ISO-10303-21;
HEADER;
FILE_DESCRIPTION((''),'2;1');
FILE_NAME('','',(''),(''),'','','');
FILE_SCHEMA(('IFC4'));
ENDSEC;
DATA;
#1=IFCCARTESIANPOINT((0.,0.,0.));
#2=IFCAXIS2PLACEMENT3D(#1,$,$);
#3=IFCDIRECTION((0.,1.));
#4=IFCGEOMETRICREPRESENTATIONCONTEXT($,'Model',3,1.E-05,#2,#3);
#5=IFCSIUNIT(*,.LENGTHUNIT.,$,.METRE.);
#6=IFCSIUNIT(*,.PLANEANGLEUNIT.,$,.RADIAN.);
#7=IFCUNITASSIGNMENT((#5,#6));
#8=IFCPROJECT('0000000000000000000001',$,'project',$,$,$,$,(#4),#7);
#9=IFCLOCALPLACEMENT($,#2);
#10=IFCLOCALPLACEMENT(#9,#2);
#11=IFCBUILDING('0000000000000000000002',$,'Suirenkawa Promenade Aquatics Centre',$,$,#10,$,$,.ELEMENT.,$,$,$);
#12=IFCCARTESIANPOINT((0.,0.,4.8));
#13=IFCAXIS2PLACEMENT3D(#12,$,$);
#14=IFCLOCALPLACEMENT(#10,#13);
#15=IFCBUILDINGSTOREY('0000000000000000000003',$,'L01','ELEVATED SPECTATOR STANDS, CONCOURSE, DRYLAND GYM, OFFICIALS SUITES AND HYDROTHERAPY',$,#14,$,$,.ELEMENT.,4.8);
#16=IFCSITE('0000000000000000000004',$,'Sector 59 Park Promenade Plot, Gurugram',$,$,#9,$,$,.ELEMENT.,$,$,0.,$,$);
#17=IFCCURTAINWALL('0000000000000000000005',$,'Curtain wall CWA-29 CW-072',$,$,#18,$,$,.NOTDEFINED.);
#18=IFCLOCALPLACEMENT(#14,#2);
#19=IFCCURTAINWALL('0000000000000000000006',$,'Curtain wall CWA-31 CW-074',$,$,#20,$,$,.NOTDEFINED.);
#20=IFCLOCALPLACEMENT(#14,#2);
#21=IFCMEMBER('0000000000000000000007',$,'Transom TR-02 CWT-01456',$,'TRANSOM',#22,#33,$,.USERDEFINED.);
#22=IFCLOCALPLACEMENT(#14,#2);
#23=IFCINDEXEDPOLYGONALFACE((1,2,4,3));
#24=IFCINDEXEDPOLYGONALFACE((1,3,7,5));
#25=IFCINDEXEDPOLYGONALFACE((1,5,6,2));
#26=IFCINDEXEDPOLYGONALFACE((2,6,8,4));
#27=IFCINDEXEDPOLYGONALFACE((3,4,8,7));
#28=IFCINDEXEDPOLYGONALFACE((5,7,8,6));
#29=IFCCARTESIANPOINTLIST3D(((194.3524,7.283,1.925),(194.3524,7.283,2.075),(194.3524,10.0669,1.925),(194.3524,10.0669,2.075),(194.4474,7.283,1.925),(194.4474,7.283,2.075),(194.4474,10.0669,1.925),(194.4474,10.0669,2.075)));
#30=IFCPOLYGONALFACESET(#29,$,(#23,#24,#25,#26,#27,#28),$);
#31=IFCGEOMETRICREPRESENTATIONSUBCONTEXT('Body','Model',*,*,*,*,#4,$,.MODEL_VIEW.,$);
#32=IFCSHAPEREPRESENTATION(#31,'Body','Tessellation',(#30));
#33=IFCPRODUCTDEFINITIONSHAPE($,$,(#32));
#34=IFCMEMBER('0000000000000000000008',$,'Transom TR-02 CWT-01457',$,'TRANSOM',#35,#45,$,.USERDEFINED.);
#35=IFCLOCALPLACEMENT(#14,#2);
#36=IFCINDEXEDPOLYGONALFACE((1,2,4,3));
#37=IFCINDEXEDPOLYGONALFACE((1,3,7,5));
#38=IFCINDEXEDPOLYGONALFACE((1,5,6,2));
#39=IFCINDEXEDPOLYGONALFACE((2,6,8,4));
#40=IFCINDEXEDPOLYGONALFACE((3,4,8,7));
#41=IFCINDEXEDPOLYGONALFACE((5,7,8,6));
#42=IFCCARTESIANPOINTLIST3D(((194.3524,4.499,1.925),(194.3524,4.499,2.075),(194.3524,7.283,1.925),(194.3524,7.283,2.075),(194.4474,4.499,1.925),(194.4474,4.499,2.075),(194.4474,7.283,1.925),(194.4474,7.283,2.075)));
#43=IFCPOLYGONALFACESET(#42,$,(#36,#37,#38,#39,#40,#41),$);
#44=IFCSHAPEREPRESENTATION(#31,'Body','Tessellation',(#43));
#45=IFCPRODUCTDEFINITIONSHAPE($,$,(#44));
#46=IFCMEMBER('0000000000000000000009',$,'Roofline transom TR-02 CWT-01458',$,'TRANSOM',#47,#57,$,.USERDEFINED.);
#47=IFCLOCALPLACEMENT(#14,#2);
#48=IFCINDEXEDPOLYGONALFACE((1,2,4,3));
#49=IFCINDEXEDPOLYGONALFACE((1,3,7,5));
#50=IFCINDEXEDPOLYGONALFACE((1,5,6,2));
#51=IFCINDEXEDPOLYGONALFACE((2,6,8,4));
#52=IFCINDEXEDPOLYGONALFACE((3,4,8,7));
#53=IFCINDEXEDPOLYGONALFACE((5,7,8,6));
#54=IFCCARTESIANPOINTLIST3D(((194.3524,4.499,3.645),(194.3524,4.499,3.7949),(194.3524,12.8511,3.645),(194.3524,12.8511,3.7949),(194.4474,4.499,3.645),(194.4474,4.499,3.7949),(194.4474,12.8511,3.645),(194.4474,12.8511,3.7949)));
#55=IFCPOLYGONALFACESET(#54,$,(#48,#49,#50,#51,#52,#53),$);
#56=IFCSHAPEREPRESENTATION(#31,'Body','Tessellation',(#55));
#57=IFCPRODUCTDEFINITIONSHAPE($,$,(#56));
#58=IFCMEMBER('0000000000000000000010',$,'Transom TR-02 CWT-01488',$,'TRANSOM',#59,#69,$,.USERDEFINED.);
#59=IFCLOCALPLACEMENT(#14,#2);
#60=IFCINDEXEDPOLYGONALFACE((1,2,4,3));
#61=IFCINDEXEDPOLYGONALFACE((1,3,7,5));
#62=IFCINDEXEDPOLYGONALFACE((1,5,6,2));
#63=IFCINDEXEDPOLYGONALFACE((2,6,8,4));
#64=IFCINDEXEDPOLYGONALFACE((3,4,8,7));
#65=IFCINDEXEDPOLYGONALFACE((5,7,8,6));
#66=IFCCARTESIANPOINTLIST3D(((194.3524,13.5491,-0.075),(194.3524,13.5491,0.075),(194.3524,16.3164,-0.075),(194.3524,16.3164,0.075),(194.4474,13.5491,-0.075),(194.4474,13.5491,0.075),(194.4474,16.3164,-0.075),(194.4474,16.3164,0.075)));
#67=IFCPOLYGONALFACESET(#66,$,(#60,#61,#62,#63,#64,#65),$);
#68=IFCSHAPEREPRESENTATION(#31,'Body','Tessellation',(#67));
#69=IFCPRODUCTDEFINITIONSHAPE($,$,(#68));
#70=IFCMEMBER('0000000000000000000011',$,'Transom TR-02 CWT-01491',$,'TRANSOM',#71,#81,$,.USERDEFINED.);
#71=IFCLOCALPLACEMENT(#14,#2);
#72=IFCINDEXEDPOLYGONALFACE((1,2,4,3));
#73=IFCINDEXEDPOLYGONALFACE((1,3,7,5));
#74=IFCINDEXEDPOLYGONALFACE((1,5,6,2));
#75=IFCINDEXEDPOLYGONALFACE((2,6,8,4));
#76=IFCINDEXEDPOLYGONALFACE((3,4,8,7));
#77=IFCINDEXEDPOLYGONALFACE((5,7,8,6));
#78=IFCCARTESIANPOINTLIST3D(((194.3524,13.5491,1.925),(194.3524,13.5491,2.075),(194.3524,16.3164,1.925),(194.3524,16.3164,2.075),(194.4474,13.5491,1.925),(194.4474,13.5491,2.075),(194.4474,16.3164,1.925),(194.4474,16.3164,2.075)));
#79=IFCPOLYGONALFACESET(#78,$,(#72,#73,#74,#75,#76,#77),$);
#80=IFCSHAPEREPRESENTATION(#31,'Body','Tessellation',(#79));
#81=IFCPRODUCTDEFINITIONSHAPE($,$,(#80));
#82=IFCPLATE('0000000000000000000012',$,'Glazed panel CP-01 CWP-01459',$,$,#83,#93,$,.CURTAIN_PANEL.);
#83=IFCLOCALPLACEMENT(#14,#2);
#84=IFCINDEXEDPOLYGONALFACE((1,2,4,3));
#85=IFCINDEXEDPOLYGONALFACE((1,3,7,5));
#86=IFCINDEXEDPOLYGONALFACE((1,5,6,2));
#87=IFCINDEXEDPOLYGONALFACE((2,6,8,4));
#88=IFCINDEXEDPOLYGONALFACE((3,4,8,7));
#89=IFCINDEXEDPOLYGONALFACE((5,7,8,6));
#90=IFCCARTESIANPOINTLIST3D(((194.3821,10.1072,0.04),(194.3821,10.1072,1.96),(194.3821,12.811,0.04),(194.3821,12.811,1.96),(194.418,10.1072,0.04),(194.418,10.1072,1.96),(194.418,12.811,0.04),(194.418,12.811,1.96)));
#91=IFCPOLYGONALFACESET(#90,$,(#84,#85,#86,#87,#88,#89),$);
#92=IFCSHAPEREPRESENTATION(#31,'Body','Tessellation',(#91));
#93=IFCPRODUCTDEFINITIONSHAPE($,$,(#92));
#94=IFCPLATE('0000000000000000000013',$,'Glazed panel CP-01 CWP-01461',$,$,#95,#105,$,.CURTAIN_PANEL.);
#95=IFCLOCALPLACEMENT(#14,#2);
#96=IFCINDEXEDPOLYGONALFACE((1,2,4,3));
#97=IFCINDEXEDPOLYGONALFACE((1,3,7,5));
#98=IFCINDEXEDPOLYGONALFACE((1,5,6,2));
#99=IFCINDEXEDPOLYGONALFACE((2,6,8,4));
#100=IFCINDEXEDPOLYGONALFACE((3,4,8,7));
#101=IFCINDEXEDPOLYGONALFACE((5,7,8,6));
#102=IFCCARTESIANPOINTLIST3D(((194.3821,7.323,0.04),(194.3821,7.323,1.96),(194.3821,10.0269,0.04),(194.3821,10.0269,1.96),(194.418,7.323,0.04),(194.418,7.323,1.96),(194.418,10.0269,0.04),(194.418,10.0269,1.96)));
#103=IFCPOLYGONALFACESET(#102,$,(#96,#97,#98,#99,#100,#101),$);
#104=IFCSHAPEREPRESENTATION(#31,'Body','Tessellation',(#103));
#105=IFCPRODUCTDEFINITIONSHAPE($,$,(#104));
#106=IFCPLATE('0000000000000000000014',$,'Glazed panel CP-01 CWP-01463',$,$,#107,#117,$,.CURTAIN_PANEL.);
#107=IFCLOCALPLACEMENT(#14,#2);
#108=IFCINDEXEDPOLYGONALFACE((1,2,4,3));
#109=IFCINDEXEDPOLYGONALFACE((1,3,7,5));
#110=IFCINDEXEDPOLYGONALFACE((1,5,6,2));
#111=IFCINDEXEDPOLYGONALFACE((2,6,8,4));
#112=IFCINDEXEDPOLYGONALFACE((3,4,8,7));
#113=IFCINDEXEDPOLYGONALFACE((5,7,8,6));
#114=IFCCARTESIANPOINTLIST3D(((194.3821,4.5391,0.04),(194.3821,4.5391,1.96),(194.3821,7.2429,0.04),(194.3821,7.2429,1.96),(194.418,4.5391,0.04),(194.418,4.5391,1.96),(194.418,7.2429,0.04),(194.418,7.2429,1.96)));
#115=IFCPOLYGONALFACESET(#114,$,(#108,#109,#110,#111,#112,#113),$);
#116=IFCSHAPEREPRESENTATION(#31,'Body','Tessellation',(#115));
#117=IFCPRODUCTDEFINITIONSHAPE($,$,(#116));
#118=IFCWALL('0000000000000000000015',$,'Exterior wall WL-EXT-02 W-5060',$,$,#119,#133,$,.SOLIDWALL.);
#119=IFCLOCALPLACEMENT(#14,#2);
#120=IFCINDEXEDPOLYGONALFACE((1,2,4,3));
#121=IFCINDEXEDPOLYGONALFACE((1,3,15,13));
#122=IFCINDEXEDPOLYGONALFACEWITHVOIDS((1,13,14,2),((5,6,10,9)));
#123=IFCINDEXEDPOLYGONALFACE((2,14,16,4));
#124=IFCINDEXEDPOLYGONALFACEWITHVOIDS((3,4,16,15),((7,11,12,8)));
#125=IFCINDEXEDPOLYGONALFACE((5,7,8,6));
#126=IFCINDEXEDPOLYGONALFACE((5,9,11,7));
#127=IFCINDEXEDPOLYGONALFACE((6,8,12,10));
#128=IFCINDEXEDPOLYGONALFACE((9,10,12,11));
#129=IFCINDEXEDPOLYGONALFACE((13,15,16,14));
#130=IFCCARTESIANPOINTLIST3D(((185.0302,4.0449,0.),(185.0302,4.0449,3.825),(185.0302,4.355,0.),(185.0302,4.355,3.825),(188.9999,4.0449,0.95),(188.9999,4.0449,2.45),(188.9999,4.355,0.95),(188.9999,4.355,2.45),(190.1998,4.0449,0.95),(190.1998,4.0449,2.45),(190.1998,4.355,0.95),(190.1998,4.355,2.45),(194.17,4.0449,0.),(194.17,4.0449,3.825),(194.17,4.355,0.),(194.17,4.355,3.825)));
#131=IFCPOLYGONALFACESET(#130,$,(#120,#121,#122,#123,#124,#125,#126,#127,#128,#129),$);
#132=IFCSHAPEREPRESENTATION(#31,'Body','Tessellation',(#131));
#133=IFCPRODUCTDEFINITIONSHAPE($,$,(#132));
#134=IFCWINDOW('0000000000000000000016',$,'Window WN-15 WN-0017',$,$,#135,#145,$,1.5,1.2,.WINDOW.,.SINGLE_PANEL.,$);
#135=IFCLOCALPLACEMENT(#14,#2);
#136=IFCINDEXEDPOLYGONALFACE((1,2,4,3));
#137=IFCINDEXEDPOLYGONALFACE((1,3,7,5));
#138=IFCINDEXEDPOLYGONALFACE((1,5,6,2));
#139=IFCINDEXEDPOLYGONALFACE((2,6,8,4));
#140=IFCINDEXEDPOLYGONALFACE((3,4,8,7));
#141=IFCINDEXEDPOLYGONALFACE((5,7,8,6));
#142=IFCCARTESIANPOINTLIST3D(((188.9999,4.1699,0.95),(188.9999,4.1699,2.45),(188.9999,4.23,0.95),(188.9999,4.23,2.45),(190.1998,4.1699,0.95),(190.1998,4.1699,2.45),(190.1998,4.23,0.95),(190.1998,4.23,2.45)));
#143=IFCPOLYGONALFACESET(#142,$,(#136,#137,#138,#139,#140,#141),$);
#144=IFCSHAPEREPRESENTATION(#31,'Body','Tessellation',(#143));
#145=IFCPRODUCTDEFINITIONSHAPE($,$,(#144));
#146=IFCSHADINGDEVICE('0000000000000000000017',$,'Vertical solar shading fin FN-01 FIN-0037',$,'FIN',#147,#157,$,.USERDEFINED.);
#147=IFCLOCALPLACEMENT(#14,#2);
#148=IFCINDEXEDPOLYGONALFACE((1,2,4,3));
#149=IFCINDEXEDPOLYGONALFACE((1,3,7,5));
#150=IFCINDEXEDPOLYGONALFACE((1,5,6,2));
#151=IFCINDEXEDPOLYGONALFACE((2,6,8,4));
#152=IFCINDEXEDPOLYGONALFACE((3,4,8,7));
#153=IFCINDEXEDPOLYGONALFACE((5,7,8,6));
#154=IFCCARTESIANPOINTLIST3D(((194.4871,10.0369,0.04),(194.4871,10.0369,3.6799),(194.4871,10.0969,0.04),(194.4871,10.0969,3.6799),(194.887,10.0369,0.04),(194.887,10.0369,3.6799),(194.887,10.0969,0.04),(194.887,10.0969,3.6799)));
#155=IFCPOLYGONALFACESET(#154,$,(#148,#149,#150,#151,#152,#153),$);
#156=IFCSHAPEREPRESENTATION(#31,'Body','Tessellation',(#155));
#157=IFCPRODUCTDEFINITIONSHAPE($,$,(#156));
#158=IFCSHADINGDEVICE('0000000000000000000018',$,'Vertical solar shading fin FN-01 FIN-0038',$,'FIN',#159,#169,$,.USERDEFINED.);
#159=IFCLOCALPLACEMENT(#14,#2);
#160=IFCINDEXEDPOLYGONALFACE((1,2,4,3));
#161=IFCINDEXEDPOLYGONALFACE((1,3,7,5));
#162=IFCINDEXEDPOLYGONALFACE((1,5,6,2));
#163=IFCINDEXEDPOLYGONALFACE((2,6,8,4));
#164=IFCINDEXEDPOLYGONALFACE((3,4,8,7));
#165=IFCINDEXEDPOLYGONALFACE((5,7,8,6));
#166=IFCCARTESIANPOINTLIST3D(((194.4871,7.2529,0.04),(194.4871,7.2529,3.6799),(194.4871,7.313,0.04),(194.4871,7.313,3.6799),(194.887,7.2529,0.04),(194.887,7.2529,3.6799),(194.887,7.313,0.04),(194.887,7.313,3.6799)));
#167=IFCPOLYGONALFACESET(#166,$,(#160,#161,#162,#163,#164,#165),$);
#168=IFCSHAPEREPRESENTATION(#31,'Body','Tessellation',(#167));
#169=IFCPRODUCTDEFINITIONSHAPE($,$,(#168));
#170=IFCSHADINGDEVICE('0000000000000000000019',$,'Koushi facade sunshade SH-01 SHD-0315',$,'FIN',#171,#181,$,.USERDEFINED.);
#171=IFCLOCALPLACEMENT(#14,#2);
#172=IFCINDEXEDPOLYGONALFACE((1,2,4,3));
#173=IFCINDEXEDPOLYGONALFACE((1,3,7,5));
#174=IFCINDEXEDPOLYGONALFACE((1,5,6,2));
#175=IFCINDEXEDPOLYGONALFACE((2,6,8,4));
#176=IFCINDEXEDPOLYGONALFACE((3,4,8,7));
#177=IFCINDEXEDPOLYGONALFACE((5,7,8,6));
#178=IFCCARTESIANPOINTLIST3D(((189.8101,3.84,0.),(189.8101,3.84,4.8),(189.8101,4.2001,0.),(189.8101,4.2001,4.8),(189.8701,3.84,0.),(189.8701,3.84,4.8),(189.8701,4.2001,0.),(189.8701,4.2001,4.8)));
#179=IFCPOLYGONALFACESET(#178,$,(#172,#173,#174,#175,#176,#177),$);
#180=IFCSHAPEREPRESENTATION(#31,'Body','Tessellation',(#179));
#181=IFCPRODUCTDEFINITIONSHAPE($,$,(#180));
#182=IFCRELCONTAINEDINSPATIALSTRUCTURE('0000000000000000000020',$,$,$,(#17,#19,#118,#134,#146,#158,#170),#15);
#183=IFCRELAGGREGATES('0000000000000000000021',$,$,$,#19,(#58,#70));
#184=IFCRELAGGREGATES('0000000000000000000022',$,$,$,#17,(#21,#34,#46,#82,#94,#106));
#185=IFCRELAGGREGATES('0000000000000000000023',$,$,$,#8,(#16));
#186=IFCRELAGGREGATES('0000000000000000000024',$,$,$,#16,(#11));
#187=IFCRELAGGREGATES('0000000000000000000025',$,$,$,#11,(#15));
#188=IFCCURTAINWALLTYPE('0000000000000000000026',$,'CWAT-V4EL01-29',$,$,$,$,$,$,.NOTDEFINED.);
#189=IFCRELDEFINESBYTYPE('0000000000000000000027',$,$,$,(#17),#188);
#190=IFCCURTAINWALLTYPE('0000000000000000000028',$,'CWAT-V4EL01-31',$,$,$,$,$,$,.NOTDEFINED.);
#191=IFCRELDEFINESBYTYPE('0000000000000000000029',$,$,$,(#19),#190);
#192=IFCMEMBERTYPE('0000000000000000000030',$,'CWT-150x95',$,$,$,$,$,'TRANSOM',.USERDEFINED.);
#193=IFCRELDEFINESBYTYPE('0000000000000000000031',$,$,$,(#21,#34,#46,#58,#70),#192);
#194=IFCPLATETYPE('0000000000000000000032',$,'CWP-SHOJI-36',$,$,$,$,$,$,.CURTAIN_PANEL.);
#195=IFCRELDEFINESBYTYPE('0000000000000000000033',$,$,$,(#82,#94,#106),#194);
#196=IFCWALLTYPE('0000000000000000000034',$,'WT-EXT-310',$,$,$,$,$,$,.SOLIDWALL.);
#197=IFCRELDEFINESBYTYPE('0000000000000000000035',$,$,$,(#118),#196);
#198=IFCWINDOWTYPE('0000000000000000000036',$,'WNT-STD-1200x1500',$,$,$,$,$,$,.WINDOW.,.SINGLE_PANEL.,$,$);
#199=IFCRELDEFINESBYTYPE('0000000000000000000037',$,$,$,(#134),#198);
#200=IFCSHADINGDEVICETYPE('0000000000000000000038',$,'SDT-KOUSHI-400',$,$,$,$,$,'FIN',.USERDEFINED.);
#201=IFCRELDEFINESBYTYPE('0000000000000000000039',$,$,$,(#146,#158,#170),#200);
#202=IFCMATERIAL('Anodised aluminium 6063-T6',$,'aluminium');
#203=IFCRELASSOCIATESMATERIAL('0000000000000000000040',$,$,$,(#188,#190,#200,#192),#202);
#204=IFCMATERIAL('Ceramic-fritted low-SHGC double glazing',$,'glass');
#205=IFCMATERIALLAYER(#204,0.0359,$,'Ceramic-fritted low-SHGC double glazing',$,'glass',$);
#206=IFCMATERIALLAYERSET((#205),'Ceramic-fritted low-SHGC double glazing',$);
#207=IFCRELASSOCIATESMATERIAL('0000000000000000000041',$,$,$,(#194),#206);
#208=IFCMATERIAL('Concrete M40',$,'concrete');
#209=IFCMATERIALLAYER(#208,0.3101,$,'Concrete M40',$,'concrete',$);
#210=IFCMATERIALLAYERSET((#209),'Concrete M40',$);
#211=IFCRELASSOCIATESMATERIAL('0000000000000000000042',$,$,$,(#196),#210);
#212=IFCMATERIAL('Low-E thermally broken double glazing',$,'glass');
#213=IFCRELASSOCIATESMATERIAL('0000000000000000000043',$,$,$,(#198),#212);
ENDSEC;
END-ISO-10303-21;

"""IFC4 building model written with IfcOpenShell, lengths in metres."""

from ifc_helpers import new_model, si_unit, direction, frame, frame_2d, origin, origin_2d, place, context, subcontext, project, spatial, polyline, rectangle, outline, extrude, material, layer, layer_set, material_profile, profile_set, type_object, element, fill, aggregate, save


model = new_model("IFC4")

# Units and contexts
model_context = context("Model", 3, precision=1e-05, world=origin(), true_north=direction((0.0, 1.0)))
body_context = subcontext(model_context, "Body", "Model", "MODEL_VIEW")
ifc_project = project(units=[si_unit("LENGTHUNIT", "METRE"), si_unit("PLANEANGLEUNIT", "RADIAN")], contexts=[model_context])

# Site, building, storey
site_placement = place(None, origin())
site = spatial("IfcSite", under=ifc_project, at=site_placement, Name="Sector 59 Park Promenade Plot, Gurugram", CompositionType="ELEMENT", RefElevation=0.0)
building_placement = place(site_placement, origin())
building = spatial("IfcBuilding", under=site, at=building_placement, Name="Suirenkawa Promenade Aquatics Centre", CompositionType="ELEMENT")
storey_placement = place(building_placement, frame((0.0, 0.0, 4.8)))
storey = spatial("IfcBuildingStorey", under=building, at=storey_placement, Name="L01", Description="ELEVATED SPECTATOR STANDS, CONCOURSE, DRYLAND GYM, OFFICIALS SUITES AND HYDROTHERAPY", CompositionType="ELEMENT", Elevation=4.8)

# Shared definitions
ifc_material_1 = material(Name="Concrete M40", Category="concrete")

# Curtain walls
ifc_material_2 = material(Name="Anodised aluminium 6063-T6", Category="aluminium")
curtain_wall_type_1 = type_object("IfcCurtainWallType", Name="CWAT-V4EL01-29", PredefinedType="NOTDEFINED", material=ifc_material_2)
curtain_wall_1_placement = place(storey_placement, origin())
curtain_wall_1 = element("IfcCurtainWall", 1, at=curtain_wall_1_placement, inside=storey, type_object=curtain_wall_type_1, Name="Curtain wall CWA-29 CW-072", PredefinedType="NOTDEFINED")
curtain_wall_type_2 = type_object("IfcCurtainWallType", Name="CWAT-V4EL01-31", PredefinedType="NOTDEFINED", material=ifc_material_2)
curtain_wall_2_placement = place(storey_placement, origin())
curtain_wall_2 = element("IfcCurtainWall", 2, at=curtain_wall_2_placement, inside=storey, type_object=curtain_wall_type_2, Name="Curtain wall CWA-31 CW-074", PredefinedType="NOTDEFINED")

# Members
ifc_material_profile_1 = material_profile(ifc_material_2, rectangle(XDim=0.095, YDim=0.1499, at=origin_2d()), Name="ALU TRAN 95x150", Category="aluminium")
ifc_profile_set_1 = profile_set([ifc_material_profile_1], Name="Anodised aluminium 6063-T6")
member_type_1 = type_object("IfcMemberType", Name="CWT-150x95", ElementType="TRANSOM", PredefinedType="USERDEFINED", material=ifc_profile_set_1)
member_1_placement = place(storey_placement, frame((194.3999, 10.0669, 2.0), z_axis=(0.0, -1.0, 0.0), x_axis=(1.0, 0.0, 0.0)))
member_1 = element("IfcMember", 3, at=member_1_placement, type_object=member_type_1, Name="Transom TR-02 CWT-01456", ObjectType="TRANSOM", PredefinedType="USERDEFINED", context=body_context, shape_type="SweptSolid", body=[
    extrude(rectangle(XDim=0.095, YDim=0.1499, at=origin_2d()), origin(), (0.0, 0.0, 1.0), 2.7839),
])
member_2_placement = place(storey_placement, frame((194.3999, 7.283, 2.0), z_axis=(0.0, -1.0, 0.0), x_axis=(1.0, 0.0, 0.0)))
member_2 = element("IfcMember", 4, at=member_2_placement, type_object=member_type_1, Name="Transom TR-02 CWT-01457", ObjectType="TRANSOM", PredefinedType="USERDEFINED", context=body_context, shape_type="SweptSolid", body=[
    extrude(rectangle(XDim=0.095, YDim=0.1499, at=origin_2d()), origin(), (0.0, 0.0, 1.0), 2.7839),
])
member_3_placement = place(storey_placement, frame((194.3999, 12.8511, 3.72), z_axis=(0.0, -1.0, 0.0), x_axis=(1.0, 0.0, 0.0)))
member_3 = element("IfcMember", 5, at=member_3_placement, type_object=member_type_1, Name="Roofline transom TR-02 CWT-01458", ObjectType="TRANSOM", PredefinedType="USERDEFINED", context=body_context, shape_type="SweptSolid", body=[
    extrude(rectangle(XDim=0.095, YDim=0.1499, at=origin_2d()), origin(), (0.0, 0.0, 1.0), 8.3521),
])
member_4_placement = place(storey_placement, frame((194.3999, 16.3164, 0.0), z_axis=(0.0, -1.0, 0.0), x_axis=(1.0, 0.0, 0.0)))
member_4 = element("IfcMember", 6, at=member_4_placement, type_object=member_type_1, Name="Transom TR-02 CWT-01488", ObjectType="TRANSOM", PredefinedType="USERDEFINED", context=body_context, shape_type="SweptSolid", body=[
    extrude(rectangle(XDim=0.095, YDim=0.1499, at=origin_2d()), origin(), (0.0, 0.0, 1.0), 2.7673),
])
member_5_placement = place(storey_placement, frame((194.3999, 16.3164, 2.0), z_axis=(0.0, -1.0, 0.0), x_axis=(1.0, 0.0, 0.0)))
member_5 = element("IfcMember", 7, at=member_5_placement, type_object=member_type_1, Name="Transom TR-02 CWT-01491", ObjectType="TRANSOM", PredefinedType="USERDEFINED", context=body_context, shape_type="SweptSolid", body=[
    extrude(rectangle(XDim=0.095, YDim=0.1499, at=origin_2d()), origin(), (0.0, 0.0, 1.0), 2.7673),
])
aggregate(curtain_wall_2, [member_4, member_5])

# Plates
ifc_material_3 = material(Name="Ceramic-fritted low-SHGC double glazing", Category="glass")
ifc_layer_1 = layer(ifc_material_3, 0.0359, Name="Ceramic-fritted low-SHGC double glazing", Category="glass")
ifc_layer_set_1 = layer_set([ifc_layer_1], Name="Ceramic-fritted low-SHGC double glazing")
plate_type = type_object("IfcPlateType", Name="CWP-SHOJI-36", PredefinedType="CURTAIN_PANEL", material=ifc_layer_set_1)
plate_1_placement = place(storey_placement, frame((194.3999, 12.8511, 0.04), z_axis=(0.0, 0.0, 1.0), x_axis=(0.0, -1.0, 0.0)))
plate_1 = element("IfcPlate", 8, at=plate_1_placement, type_object=plate_type, Name="Glazed panel CP-01 CWP-01459", PredefinedType="CURTAIN_PANEL", context=body_context, shape_type="SweptSolid", body=[
    extrude(outline(polyline([(0.04, 0.0), (2.7439, 0.0), (2.7439, 1.9199), (0.04, 1.9199), (0.04, 0.0)])), frame((0.0, 0.0181, 0.0), z_axis=(0.0, -1.0, 0.0), x_axis=(1.0, 0.0, 0.0)), (0.0, 0.0, 1.0), 0.0359),
])
plate_2_placement = place(storey_placement, frame((194.3999, 10.0669, 0.04), z_axis=(0.0, 0.0, 1.0), x_axis=(0.0, -1.0, 0.0)))
plate_2 = element("IfcPlate", 9, at=plate_2_placement, type_object=plate_type, Name="Glazed panel CP-01 CWP-01461", PredefinedType="CURTAIN_PANEL", context=body_context, shape_type="SweptSolid", body=[
    extrude(outline(polyline([(0.04, 0.0), (2.7439, 0.0), (2.7439, 1.9199), (0.04, 1.9199), (0.04, 0.0)])), frame((0.0, 0.0181, 0.0), z_axis=(0.0, -1.0, 0.0), x_axis=(1.0, 0.0, 0.0)), (0.0, 0.0, 1.0), 0.0359),
])
plate_3_placement = place(storey_placement, frame((194.3999, 7.283, 0.04), z_axis=(0.0, 0.0, 1.0), x_axis=(0.0, -1.0, 0.0)))
plate_3 = element("IfcPlate", 10, at=plate_3_placement, type_object=plate_type, Name="Glazed panel CP-01 CWP-01463", PredefinedType="CURTAIN_PANEL", context=body_context, shape_type="SweptSolid", body=[
    extrude(outline(polyline([(0.04, 0.0), (2.7439, 0.0), (2.7439, 1.9199), (0.04, 1.9199), (0.04, 0.0)])), frame((0.0, 0.0181, 0.0), z_axis=(0.0, -1.0, 0.0), x_axis=(1.0, 0.0, 0.0)), (0.0, 0.0, 1.0), 0.0359),
])
aggregate(curtain_wall_1, [member_1, member_2, member_3, plate_1, plate_2, plate_3])

# Wall, opening, window
ifc_layer_2 = layer(ifc_material_1, 0.3101, Name="Concrete M40", Category="concrete")
ifc_layer_set_2 = layer_set([ifc_layer_2], Name="Concrete M40")
wall_type = type_object("IfcWallType", Name="WT-EXT-310", PredefinedType="SOLIDWALL", material=ifc_layer_set_2)
wall_placement = place(storey_placement, frame((194.1699, 4.2, 0.0), z_axis=(0.0, 0.0, 1.0), x_axis=(-1.0, 0.0, 0.0)))
wall = element("IfcWall", 11, at=wall_placement, inside=storey, type_object=wall_type, Name="Exterior wall WL-EXT-02 W-5060", PredefinedType="SOLIDWALL", context=body_context, shape_type="SweptSolid", body=[
    extrude(rectangle(XDim=9.1399, YDim=0.3101, at=frame_2d((4.5698, 0.0))), origin(), (0.0, 0.0, 1.0), 3.825),
])
opening_placement = place(wall_placement, frame((3.97, 0.0, 0.95)))
opening = element("IfcOpeningElement", 12, at=opening_placement, cuts=wall, PredefinedType="OPENING", context=body_context, shape_type="SweptSolid", body=[
    extrude(rectangle(XDim=1.2, YDim=1.5, at=frame_2d((0.6001, 0.75))), frame((0.0, 0.165, 0.0), z_axis=(0.0, -1.0, 0.0), x_axis=(1.0, 0.0, 0.0)), (0.0, 0.0, 1.0), 0.3301),
])
ifc_material_4 = material(Name="Low-E thermally broken double glazing", Category="glass")
window_type = type_object("IfcWindowType", Name="WNT-STD-1200x1500", PartitioningType="SINGLE_PANEL", PredefinedType="WINDOW", material=ifc_material_4)
window_placement = place(opening_placement, origin())
window = element("IfcWindow", 13, at=window_placement, inside=storey, type_object=window_type, Name="Window WN-15 WN-0017", OverallHeight=1.5, OverallWidth=1.2, PartitioningType="SINGLE_PANEL", PredefinedType="WINDOW", context=body_context, shape_type="SweptSolid", body=[
    extrude(rectangle(XDim=1.2, YDim=1.5, at=frame_2d((0.6001, 0.75))), frame((0.0, 0.03, 0.0), z_axis=(0.0, -1.0, 0.0), x_axis=(1.0, 0.0, 0.0)), (0.0, 0.0, 1.0), 0.0601),
])
fill(opening, window)

# Shading devices
shading_device_type = type_object("IfcShadingDeviceType", Name="SDT-KOUSHI-400", ElementType="FIN", PredefinedType="USERDEFINED", material=ifc_material_2)
for number, where, z_axis, x_axis, name in (
    (14, (194.687, 10.0669, 0.04), (0.0, 0.0, 1.0), (1.0, 0.0, 0.0), "Vertical solar shading fin FN-01 FIN-0037"),
    (15, (194.687, 7.283, 0.04), (0.0, 0.0, 1.0), (1.0, 0.0, 0.0), "Vertical solar shading fin FN-01 FIN-0038"),
):
    element("IfcShadingDevice", number, at=place(storey_placement, frame(where, z_axis=z_axis, x_axis=x_axis)), inside=storey, type_object=shading_device_type, Name=name, ObjectType="FIN", PredefinedType="USERDEFINED", context=body_context, shape_type="SweptSolid", body=[
        extrude(rectangle(XDim=0.3999, YDim=0.0601, at=origin_2d()), origin(), (0.0, 0.0, 1.0), 3.6399),
    ])
for number, where, z_axis, x_axis, name in (
    (16, (189.8401, 4.02, 0.0), (0.0, 0.0, 1.0), (1.0, 0.0, 0.0), "Koushi facade sunshade SH-01 SHD-0315"),
):
    element("IfcShadingDevice", number, at=place(storey_placement, frame(where, z_axis=z_axis, x_axis=x_axis)), inside=storey, type_object=shading_device_type, Name=name, ObjectType="FIN", PredefinedType="USERDEFINED", context=body_context, shape_type="SweptSolid", body=[
        extrude(rectangle(XDim=0.0601, YDim=0.3601, at=origin_2d()), origin(), (0.0, 0.0, 1.0), 4.8),
    ])

save(model, "model.ifc")
